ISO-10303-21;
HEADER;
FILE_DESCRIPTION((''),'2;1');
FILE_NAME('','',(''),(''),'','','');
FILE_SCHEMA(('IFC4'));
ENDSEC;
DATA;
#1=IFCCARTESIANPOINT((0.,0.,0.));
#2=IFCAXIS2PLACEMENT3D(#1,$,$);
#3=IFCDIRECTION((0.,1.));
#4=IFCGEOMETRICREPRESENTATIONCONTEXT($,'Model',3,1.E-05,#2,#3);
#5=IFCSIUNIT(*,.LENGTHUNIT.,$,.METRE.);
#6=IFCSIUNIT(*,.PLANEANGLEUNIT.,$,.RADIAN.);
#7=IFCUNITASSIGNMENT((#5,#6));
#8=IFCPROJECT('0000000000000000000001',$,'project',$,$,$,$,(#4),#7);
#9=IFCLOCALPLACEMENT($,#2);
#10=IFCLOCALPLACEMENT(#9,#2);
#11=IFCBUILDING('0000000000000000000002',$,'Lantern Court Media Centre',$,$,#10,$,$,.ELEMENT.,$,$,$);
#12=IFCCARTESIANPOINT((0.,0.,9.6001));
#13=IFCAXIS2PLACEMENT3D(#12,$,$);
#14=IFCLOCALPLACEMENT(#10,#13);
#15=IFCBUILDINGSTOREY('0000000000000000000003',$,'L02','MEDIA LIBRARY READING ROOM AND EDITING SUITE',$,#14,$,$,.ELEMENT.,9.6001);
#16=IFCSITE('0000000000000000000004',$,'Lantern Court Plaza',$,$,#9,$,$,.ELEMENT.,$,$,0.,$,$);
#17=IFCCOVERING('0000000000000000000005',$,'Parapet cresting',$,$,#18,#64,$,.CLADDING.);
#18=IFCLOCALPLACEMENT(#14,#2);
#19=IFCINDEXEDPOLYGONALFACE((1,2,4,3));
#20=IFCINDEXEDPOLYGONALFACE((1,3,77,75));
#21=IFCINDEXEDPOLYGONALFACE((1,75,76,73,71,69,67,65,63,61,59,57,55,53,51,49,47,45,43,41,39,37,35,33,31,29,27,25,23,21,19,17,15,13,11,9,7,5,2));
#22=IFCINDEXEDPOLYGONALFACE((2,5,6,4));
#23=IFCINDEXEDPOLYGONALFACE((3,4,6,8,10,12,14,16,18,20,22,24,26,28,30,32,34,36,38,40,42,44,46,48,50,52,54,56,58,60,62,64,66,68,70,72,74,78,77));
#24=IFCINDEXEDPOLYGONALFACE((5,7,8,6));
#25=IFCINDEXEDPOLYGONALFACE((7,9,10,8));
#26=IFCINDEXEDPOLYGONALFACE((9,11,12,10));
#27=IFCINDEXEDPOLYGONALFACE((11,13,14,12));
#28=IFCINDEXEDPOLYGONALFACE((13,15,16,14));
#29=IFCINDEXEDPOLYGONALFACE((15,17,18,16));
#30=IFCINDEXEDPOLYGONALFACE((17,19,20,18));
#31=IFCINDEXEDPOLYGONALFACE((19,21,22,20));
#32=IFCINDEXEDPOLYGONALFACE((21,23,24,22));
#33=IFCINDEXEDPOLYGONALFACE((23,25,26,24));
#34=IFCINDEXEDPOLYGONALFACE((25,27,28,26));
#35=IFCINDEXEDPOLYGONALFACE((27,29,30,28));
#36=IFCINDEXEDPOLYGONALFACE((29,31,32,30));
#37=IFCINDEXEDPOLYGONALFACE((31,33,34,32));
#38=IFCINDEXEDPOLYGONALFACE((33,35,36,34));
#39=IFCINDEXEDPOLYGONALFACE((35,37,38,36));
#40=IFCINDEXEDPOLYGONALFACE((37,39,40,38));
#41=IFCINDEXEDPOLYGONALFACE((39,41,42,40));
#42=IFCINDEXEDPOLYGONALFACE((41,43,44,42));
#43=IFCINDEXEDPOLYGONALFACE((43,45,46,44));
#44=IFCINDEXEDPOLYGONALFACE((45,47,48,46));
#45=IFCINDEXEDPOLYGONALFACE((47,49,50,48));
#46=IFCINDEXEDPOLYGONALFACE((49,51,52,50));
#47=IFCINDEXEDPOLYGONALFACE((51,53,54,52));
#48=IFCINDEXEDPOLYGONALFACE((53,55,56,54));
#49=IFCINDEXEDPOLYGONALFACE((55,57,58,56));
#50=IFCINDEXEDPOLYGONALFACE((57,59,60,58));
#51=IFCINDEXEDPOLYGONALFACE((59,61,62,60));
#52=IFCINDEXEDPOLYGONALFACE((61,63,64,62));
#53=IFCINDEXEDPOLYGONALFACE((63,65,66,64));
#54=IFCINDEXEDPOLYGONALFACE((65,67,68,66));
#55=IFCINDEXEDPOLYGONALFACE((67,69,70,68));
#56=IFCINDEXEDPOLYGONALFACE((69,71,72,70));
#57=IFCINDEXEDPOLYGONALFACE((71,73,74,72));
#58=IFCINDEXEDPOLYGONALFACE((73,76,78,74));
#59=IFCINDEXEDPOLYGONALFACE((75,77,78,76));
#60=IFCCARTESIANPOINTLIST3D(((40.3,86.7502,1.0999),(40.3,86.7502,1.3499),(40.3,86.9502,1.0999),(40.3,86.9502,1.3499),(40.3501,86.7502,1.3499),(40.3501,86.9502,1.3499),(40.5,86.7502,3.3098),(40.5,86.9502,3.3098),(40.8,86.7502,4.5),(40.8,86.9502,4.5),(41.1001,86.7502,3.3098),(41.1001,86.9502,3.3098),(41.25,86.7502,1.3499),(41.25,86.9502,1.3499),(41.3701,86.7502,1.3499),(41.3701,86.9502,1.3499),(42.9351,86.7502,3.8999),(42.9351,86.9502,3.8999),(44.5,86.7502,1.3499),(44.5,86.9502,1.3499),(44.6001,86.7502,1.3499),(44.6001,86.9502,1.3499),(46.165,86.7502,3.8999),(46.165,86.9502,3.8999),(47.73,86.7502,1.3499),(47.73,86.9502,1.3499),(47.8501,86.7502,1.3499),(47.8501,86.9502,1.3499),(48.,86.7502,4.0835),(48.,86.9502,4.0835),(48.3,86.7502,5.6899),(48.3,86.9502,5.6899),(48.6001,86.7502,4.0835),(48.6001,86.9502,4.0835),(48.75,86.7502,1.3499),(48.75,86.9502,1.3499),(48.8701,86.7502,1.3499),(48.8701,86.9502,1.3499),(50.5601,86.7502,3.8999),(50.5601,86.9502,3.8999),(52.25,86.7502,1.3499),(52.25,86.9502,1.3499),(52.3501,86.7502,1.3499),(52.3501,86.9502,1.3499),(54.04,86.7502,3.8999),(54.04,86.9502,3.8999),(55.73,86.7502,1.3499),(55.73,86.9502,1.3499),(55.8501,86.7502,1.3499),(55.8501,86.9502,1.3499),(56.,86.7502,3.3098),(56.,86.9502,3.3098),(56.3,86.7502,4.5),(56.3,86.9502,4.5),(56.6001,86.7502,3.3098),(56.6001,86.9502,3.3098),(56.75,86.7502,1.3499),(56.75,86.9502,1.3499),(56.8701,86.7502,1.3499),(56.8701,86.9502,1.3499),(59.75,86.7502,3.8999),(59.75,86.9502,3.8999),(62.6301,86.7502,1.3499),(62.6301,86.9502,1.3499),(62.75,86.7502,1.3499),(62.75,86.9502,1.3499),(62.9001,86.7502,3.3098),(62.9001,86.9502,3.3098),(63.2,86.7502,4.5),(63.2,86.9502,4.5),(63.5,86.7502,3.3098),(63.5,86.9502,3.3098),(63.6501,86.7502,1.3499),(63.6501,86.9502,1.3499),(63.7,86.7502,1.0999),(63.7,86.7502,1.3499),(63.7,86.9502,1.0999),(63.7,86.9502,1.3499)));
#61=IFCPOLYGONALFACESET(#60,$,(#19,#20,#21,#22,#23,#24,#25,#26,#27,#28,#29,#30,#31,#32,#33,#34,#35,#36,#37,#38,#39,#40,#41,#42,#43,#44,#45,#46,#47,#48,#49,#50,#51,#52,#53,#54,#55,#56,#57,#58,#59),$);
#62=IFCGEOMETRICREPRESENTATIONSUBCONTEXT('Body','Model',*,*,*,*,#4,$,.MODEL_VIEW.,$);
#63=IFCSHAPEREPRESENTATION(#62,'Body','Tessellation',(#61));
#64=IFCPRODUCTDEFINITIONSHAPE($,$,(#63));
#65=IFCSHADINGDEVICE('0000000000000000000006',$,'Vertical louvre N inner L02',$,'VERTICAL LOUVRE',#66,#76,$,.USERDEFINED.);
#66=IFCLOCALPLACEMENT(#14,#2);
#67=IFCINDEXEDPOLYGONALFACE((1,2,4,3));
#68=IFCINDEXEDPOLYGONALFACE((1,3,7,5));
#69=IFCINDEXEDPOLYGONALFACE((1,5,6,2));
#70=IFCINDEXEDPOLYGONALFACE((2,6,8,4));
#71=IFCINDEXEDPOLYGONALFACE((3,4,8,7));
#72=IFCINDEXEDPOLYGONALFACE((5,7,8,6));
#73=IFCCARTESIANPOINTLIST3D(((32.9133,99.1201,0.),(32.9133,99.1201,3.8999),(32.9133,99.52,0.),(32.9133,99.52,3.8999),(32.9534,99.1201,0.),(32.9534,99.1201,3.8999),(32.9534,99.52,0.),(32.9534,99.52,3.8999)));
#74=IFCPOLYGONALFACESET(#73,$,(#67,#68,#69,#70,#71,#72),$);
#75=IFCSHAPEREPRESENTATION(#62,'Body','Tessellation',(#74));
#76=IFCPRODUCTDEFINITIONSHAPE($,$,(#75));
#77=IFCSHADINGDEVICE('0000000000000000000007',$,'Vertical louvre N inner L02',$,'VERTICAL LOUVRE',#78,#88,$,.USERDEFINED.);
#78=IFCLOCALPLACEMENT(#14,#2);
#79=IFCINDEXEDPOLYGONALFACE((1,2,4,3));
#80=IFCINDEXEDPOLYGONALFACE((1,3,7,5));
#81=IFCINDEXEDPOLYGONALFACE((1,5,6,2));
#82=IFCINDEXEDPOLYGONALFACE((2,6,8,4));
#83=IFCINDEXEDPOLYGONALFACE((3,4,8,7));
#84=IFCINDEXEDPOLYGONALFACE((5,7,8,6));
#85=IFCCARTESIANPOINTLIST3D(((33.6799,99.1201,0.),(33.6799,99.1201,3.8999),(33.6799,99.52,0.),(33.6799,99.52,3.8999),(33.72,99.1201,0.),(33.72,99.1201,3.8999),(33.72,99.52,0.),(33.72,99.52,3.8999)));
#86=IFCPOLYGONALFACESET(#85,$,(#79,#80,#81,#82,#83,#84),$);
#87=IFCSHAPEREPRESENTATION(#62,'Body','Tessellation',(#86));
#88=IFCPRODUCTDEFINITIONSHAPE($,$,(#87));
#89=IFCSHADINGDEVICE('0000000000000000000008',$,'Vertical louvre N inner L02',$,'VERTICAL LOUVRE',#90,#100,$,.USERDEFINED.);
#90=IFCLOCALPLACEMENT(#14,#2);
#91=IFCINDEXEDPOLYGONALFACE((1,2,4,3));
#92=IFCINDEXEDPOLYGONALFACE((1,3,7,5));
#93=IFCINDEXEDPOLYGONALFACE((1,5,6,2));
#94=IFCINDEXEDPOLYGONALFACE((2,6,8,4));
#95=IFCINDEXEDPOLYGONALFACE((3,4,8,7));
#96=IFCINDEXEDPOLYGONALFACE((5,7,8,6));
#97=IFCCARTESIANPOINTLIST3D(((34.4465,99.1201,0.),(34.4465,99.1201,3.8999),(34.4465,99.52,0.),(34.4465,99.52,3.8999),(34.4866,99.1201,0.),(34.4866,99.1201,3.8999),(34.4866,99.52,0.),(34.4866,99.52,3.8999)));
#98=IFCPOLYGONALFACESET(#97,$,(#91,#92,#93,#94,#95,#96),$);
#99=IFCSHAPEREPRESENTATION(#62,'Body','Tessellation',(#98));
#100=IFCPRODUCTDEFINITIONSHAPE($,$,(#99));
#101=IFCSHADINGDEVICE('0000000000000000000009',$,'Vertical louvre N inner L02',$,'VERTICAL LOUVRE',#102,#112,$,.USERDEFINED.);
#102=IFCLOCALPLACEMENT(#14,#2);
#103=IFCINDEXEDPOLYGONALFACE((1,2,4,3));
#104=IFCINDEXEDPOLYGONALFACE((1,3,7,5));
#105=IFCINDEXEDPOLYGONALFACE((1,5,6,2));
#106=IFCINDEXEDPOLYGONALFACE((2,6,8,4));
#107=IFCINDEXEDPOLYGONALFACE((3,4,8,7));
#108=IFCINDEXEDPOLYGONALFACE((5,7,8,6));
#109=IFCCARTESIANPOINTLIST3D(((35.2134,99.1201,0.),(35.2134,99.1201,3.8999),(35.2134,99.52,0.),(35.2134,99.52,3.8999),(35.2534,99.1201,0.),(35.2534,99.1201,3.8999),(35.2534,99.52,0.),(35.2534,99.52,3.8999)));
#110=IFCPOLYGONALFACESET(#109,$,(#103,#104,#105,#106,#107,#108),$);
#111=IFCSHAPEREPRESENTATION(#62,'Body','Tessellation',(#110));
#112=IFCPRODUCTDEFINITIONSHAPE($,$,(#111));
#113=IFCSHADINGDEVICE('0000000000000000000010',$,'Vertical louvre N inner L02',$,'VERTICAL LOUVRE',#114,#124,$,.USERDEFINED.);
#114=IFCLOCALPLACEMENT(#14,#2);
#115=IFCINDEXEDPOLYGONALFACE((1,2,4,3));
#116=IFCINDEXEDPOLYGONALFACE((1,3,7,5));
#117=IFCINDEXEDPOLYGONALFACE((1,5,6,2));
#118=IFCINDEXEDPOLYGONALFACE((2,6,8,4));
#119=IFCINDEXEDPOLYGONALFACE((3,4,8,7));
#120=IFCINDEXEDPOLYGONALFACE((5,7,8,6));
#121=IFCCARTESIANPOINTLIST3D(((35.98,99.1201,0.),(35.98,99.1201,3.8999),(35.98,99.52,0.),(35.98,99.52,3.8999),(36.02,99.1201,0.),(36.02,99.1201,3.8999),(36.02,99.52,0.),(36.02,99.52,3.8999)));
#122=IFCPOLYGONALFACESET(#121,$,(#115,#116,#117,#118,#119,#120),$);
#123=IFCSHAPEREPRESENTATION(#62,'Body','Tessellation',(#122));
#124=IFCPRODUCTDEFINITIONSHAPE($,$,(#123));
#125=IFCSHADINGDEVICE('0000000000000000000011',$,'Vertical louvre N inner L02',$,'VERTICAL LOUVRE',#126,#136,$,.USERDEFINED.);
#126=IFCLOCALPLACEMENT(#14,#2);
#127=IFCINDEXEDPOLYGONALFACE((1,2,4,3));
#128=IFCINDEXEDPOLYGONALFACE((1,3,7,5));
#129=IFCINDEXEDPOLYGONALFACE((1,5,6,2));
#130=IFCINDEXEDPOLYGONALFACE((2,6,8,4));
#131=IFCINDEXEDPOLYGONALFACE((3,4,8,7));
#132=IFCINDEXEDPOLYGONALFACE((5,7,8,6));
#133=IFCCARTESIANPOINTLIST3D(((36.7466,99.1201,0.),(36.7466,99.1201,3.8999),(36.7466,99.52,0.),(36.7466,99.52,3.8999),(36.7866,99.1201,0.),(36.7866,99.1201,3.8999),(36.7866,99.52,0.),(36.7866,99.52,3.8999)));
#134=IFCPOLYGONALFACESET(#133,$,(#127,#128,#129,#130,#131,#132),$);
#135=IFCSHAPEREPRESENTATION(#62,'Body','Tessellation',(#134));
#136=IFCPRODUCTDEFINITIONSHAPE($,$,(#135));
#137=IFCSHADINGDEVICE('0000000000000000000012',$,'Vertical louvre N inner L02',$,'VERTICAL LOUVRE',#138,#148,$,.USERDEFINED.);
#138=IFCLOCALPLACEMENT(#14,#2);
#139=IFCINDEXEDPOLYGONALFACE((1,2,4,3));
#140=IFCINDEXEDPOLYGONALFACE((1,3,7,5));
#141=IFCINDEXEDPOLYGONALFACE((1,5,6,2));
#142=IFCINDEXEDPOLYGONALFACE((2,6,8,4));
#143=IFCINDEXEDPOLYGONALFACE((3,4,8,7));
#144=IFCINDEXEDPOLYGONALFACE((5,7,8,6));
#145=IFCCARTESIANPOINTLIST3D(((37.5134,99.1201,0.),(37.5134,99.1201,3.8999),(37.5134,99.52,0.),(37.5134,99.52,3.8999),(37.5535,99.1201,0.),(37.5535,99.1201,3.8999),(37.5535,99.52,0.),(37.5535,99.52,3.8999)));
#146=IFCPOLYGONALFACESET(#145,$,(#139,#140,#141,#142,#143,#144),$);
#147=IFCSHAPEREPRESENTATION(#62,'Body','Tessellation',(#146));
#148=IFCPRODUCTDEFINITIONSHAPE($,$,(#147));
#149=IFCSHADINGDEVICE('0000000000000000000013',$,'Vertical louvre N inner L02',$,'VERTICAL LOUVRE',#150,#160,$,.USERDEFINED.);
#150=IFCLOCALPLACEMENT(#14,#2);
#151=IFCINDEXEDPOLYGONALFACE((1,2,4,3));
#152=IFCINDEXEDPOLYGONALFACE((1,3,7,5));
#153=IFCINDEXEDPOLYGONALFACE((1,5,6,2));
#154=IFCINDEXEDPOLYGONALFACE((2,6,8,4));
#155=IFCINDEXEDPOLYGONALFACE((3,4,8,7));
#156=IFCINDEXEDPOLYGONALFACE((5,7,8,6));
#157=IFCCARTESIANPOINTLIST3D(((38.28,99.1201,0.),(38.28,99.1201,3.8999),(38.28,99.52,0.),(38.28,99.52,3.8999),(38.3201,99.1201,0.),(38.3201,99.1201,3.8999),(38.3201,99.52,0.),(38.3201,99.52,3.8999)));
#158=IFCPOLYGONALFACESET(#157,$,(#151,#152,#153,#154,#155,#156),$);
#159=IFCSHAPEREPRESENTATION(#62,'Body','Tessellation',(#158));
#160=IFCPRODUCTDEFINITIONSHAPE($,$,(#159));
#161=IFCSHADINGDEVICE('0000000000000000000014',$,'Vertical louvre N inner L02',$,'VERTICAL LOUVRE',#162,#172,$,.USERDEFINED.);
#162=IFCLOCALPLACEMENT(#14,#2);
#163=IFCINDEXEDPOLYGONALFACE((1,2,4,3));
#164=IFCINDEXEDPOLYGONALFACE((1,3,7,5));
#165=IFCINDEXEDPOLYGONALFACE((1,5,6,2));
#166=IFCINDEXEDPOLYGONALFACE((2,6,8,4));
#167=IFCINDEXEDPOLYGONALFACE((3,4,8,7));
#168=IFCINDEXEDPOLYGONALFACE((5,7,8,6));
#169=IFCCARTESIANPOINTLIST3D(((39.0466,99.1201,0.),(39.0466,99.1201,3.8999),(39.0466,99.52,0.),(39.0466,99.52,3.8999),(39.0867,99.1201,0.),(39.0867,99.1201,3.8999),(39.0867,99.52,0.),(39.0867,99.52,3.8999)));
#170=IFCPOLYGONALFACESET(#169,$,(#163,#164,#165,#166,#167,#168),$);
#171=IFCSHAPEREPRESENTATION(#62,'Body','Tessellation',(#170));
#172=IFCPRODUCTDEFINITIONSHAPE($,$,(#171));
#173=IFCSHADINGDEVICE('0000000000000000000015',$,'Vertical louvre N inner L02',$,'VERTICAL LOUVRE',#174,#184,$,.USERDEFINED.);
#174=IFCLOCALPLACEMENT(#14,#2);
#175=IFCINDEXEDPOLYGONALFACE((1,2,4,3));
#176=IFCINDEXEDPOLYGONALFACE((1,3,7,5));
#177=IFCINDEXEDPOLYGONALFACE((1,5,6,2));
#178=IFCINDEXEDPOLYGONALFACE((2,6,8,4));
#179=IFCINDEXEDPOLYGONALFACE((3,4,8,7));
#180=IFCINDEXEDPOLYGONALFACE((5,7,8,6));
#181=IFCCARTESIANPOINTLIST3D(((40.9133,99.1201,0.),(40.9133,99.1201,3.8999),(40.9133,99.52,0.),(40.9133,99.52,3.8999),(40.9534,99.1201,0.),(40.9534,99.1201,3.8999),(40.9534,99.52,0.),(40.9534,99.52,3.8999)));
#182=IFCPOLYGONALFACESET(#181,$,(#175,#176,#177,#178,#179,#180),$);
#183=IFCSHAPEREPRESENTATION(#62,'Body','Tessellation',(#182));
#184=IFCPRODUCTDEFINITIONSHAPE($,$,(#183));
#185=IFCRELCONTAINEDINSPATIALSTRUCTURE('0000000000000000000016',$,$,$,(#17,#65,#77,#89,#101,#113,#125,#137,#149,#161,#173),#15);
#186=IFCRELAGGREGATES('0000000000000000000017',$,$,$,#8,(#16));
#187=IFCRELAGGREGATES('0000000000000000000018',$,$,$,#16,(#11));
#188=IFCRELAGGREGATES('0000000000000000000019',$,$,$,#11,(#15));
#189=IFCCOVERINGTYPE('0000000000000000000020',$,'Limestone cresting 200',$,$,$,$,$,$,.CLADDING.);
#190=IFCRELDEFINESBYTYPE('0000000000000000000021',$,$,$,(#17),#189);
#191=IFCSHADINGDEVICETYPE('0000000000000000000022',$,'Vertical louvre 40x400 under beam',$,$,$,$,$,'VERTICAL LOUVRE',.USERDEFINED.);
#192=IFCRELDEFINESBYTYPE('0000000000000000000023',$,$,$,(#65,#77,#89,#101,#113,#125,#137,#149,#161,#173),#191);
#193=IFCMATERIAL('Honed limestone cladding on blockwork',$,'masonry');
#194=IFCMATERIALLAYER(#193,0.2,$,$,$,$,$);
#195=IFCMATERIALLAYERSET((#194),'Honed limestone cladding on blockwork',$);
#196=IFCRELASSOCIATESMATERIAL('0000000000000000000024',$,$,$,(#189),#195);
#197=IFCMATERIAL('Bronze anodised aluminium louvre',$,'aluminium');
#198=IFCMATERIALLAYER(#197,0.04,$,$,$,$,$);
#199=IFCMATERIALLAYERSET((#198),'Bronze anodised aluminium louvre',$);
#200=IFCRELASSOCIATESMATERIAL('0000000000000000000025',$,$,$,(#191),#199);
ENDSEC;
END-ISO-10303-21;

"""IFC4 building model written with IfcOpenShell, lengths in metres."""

from ifc_helpers import new_model, si_unit, direction, frame, origin, origin_2d, place, context, subcontext, project, spatial, polyline, rectangle, outline, extrude, material, layer, layer_set, type_object, element, save


model = new_model("IFC4")

# Units and contexts
model_context = context("Model", 3, precision=1e-05, world=origin(), true_north=direction((0.0, 1.0)))
body_context = subcontext(model_context, "Body", "Model", "MODEL_VIEW")
ifc_project = project(units=[si_unit("LENGTHUNIT", "METRE"), si_unit("PLANEANGLEUNIT", "RADIAN")], contexts=[model_context])

# Site, building, storey
site_placement = place(None, origin())
site = spatial("IfcSite", under=ifc_project, at=site_placement, Name="Lantern Court Plaza", CompositionType="ELEMENT", RefElevation=0.0)
building_placement = place(site_placement, origin())
building = spatial("IfcBuilding", under=site, at=building_placement, Name="Lantern Court Media Centre", CompositionType="ELEMENT")
storey_placement = place(building_placement, frame((0.0, 0.0, 9.6001)))
storey = spatial("IfcBuildingStorey", under=building, at=storey_placement, Name="L02", Description="MEDIA LIBRARY READING ROOM AND EDITING SUITE", CompositionType="ELEMENT", Elevation=9.6001)

# Covering
ifc_material_1 = material(Name="Honed limestone cladding on blockwork", Category="masonry")
ifc_layer_1 = layer(ifc_material_1, 0.2)
ifc_layer_set_1 = layer_set([ifc_layer_1], Name="Honed limestone cladding on blockwork")
covering_type_1 = type_object("IfcCoveringType", Name="Limestone cresting 200", PredefinedType="CLADDING", material=ifc_layer_set_1)
covering_1_placement = place(storey_placement, frame((40.3, 86.8501, 1.0999), z_axis=(0.0, 0.0, 1.0), x_axis=(1.0, 0.0, 0.0)))
element("IfcCovering", 1, at=covering_1_placement, inside=storey, type_object=covering_type_1, Name="Parapet cresting", PredefinedType="CLADDING", context=body_context, shape_type="SweptSolid", body=[
    extrude(outline(polyline([(0.0, 0.0), (23.3999, 0.0), (23.3999, 0.25), (23.3501, 0.25), (23.2, 2.21), (22.8999, 3.4001), (22.6001, 2.21), (22.45, 0.25), (22.3301, 0.25), (19.45, 2.8), (16.5701, 0.25), (16.45, 0.25), (16.3, 2.21), (16.0, 3.4001), (15.7, 2.21), (15.55, 0.25), (15.4299, 0.25), (13.74, 2.8), (12.05, 0.25), (11.95, 0.25), (10.26, 2.8), (8.5701, 0.25), (8.45, 0.25), (8.3, 2.9836), (8.0, 4.5901), (7.7, 2.9836), (7.55, 0.25), (7.4299, 0.25), (5.865, 2.8), (4.3, 0.25), (4.2, 0.25), (2.635, 2.8), (1.0701, 0.25), (0.95, 0.25), (0.8, 2.21), (0.5, 3.4001), (0.2, 2.21), (0.05, 0.25), (0.0, 0.25), (0.0, 0.0)])), frame((0.0, 0.1001, 0.0), z_axis=(0.0, -1.0, 0.0), x_axis=(1.0, 0.0, 0.0)), (0.0, 0.0, 1.0), 0.2),
])

# Shading devices
ifc_material_2 = material(Name="Bronze anodised aluminium louvre", Category="aluminium")
ifc_layer_2 = layer(ifc_material_2, 0.04)
ifc_layer_set_2 = layer_set([ifc_layer_2], Name="Bronze anodised aluminium louvre")
shading_device_type = type_object("IfcShadingDeviceType", Name="Vertical louvre 40x400 under beam", ElementType="VERTICAL LOUVRE", PredefinedType="USERDEFINED", material=ifc_layer_set_2)
for number, where, z_axis, x_axis, name in (
    (2, (32.9333, 99.3201, 0.0), (0.0, 0.0, 1.0), (1.0, 0.0, 0.0), "Vertical louvre N inner L02"),
    (3, (33.7, 99.3201, 0.0), (0.0, 0.0, 1.0), (1.0, 0.0, 0.0), "Vertical louvre N inner L02"),
    (4, (34.4666, 99.3201, 0.0), (0.0, 0.0, 1.0), (1.0, 0.0, 0.0), "Vertical louvre N inner L02"),
    (5, (35.2334, 99.3201, 0.0), (0.0, 0.0, 1.0), (1.0, 0.0, 0.0), "Vertical louvre N inner L02"),
    (6, (36.0, 99.3201, 0.0), (0.0, 0.0, 1.0), (1.0, 0.0, 0.0), "Vertical louvre N inner L02"),
    (7, (36.7666, 99.3201, 0.0), (0.0, 0.0, 1.0), (1.0, 0.0, 0.0), "Vertical louvre N inner L02"),
    (8, (37.5334, 99.3201, 0.0), (0.0, 0.0, 1.0), (1.0, 0.0, 0.0), "Vertical louvre N inner L02"),
    (9, (38.3, 99.3201, 0.0), (0.0, 0.0, 1.0), (1.0, 0.0, 0.0), "Vertical louvre N inner L02"),
    (10, (39.0667, 99.3201, 0.0), (0.0, 0.0, 1.0), (1.0, 0.0, 0.0), "Vertical louvre N inner L02"),
    (11, (40.9333, 99.3201, 0.0), (0.0, 0.0, 1.0), (1.0, 0.0, 0.0), "Vertical louvre N inner L02"),
):
    element("IfcShadingDevice", number, at=place(storey_placement, frame(where, z_axis=z_axis, x_axis=x_axis)), inside=storey, type_object=shading_device_type, Name=name, ObjectType="VERTICAL LOUVRE", PredefinedType="USERDEFINED", context=body_context, shape_type="SweptSolid", body=[
        extrude(rectangle(XDim=0.04, YDim=0.3999, at=origin_2d()), origin(), (0.0, 0.0, 1.0), 3.8999),
    ])

save(model, "model.ifc")
